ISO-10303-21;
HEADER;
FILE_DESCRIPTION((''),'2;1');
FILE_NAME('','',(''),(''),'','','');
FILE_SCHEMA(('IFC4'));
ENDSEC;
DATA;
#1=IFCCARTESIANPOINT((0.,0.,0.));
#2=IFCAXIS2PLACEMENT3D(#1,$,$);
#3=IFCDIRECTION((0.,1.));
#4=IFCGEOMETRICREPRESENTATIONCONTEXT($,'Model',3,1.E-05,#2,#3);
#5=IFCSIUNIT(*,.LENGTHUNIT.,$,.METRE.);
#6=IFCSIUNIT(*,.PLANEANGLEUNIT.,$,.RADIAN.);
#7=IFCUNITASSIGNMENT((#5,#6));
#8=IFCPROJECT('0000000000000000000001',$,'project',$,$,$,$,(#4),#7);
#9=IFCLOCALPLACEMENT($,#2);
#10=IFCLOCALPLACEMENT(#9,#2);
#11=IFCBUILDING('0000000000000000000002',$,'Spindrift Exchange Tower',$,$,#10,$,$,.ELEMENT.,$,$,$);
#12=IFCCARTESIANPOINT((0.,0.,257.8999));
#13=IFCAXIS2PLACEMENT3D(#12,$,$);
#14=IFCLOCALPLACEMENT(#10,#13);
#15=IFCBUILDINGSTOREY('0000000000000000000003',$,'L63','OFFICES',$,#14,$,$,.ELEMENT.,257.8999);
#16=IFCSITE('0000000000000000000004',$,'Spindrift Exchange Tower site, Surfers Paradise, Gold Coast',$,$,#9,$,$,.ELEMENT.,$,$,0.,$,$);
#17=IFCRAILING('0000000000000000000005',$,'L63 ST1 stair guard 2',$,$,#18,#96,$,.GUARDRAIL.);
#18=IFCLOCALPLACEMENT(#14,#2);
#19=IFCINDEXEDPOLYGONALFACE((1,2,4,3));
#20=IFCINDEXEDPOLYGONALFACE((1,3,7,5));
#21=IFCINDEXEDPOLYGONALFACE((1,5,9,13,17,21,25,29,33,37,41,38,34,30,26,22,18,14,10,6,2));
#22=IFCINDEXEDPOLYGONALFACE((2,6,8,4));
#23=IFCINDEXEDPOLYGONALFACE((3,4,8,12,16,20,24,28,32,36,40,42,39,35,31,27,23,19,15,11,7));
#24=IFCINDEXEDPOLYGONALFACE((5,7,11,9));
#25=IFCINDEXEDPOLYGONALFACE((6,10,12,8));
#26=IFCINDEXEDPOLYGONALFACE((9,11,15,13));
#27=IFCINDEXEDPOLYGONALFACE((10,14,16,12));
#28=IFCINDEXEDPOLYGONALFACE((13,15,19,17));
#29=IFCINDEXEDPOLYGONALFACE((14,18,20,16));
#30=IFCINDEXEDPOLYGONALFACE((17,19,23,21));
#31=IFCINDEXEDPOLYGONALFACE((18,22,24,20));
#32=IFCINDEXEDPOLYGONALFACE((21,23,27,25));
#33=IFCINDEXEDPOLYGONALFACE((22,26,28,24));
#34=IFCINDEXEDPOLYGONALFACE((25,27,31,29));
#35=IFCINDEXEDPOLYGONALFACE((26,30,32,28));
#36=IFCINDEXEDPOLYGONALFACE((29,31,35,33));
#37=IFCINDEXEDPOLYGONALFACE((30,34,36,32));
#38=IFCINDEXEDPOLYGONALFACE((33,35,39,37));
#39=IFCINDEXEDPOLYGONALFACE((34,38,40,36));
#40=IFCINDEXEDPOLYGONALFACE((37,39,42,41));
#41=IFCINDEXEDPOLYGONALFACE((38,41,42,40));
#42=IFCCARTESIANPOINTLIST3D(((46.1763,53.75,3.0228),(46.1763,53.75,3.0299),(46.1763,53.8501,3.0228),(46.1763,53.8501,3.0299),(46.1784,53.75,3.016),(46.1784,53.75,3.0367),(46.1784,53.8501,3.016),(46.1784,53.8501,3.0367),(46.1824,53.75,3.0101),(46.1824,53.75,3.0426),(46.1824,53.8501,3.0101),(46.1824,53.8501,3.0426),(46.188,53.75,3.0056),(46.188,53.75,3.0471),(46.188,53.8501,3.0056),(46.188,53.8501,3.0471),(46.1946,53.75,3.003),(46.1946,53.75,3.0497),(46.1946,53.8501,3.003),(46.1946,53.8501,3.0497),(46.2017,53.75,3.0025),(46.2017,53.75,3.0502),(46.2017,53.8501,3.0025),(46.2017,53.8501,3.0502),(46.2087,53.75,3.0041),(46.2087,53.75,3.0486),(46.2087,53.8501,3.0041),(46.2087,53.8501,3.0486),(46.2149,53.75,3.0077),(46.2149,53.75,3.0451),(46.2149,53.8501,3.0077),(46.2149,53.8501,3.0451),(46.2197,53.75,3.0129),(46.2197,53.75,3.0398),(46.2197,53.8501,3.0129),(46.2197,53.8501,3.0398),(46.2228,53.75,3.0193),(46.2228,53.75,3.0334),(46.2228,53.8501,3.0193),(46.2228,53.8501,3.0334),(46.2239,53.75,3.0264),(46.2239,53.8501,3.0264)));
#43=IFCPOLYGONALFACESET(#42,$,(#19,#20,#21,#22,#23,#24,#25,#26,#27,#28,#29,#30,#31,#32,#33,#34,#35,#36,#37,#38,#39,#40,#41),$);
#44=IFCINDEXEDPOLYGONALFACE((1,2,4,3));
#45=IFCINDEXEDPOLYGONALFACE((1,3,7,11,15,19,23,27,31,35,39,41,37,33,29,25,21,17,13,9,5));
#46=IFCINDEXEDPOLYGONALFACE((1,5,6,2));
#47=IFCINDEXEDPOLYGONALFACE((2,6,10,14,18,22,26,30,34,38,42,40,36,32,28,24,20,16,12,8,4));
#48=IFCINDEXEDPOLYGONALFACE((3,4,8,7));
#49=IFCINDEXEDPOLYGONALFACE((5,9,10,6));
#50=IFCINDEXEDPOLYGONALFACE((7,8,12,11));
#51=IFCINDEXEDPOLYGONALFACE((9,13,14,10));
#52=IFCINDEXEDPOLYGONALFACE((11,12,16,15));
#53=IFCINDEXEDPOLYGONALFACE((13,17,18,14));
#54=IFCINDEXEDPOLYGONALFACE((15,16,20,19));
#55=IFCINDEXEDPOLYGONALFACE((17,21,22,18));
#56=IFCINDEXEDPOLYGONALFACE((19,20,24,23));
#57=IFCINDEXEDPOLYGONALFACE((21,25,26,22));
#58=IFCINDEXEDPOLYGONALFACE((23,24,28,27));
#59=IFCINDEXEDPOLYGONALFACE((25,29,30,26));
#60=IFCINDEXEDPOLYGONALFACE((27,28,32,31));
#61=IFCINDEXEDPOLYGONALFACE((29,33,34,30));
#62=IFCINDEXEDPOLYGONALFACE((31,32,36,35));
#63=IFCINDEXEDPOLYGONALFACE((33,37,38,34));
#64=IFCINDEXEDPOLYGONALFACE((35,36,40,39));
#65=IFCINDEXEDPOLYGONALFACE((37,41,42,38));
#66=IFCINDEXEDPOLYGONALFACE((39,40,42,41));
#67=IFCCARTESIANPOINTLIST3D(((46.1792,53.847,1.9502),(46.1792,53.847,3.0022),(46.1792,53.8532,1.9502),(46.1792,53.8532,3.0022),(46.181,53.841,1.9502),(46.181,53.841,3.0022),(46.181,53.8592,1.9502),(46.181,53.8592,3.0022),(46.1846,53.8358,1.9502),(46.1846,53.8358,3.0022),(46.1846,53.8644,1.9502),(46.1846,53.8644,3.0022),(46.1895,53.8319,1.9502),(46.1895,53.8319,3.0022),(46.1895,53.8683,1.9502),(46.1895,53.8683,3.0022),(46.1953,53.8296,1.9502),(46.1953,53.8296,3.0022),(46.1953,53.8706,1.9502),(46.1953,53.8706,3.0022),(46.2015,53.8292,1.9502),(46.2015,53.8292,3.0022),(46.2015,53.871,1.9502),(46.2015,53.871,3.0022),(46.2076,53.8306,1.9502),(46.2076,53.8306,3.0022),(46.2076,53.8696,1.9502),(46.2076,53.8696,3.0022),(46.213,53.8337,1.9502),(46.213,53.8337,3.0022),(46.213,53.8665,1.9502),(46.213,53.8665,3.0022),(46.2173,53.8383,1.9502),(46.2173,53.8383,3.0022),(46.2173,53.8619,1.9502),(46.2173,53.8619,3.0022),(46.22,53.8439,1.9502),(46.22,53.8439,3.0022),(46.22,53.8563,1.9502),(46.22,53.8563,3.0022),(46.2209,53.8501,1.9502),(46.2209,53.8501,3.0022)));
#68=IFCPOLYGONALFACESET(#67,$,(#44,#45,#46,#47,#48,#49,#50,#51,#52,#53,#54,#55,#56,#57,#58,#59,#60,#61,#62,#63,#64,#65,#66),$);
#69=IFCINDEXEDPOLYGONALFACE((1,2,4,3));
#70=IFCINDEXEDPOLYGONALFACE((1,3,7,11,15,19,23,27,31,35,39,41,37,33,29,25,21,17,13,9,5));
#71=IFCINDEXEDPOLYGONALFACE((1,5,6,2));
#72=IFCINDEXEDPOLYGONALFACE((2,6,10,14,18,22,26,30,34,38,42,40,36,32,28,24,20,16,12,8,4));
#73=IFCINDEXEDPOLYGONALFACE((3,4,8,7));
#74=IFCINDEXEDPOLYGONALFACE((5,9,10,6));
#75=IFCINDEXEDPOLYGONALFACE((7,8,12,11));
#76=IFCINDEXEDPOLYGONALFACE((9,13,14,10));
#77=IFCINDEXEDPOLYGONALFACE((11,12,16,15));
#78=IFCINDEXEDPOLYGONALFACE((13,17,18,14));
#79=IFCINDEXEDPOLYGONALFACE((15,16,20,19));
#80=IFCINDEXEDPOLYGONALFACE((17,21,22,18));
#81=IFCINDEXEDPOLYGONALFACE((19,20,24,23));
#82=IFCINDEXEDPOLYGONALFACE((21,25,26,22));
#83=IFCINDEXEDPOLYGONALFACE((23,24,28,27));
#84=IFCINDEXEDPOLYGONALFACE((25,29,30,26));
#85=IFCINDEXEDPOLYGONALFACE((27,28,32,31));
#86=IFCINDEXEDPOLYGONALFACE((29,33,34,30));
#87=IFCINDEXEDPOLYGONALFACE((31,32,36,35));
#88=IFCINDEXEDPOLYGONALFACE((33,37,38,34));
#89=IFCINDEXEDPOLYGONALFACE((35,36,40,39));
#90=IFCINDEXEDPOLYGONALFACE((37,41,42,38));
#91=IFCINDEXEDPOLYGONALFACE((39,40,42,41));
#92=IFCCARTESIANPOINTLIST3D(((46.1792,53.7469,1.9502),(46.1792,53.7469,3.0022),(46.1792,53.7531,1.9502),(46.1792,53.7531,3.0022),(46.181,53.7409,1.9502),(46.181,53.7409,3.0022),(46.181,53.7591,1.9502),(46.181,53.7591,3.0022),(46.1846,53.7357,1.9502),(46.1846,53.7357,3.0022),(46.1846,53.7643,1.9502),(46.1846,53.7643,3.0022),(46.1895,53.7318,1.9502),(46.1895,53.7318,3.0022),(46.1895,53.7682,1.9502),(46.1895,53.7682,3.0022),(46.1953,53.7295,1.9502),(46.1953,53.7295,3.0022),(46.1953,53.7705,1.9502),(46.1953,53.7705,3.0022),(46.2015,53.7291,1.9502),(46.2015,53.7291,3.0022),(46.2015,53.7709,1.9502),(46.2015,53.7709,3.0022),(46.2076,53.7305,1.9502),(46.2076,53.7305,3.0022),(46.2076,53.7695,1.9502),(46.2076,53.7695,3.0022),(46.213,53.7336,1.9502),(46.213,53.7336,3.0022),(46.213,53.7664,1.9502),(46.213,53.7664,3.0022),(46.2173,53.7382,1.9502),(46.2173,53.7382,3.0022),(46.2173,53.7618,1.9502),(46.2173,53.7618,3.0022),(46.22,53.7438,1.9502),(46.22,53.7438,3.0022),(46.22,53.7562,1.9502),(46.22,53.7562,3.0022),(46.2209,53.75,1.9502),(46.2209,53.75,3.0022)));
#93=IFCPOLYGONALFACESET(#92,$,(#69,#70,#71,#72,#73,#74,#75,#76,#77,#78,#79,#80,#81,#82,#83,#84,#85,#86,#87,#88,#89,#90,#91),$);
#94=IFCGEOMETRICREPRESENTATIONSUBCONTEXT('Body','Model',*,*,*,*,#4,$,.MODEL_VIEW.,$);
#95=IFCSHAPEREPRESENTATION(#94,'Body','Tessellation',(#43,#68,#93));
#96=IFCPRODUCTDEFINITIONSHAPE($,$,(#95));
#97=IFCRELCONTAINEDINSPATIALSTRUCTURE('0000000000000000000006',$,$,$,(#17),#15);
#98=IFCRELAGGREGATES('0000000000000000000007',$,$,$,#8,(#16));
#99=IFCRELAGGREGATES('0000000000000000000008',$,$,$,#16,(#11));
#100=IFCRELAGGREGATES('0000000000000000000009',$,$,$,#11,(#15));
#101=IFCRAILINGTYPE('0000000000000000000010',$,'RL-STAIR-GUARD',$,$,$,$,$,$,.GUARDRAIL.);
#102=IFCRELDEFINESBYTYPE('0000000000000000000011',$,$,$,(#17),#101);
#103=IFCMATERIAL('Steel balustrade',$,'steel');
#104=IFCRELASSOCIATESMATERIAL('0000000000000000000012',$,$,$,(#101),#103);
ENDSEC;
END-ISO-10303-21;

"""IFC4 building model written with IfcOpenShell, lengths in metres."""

from ifc_helpers import new_model, si_unit, direction, frame, origin, origin_2d, place, context, subcontext, project, spatial, circle, extrude, material, type_object, element, save


model = new_model("IFC4")

# Units and contexts
model_context = context("Model", 3, precision=1e-05, world=origin(), true_north=direction((0.0, 1.0)))
body_context = subcontext(model_context, "Body", "Model", "MODEL_VIEW")
ifc_project = project(units=[si_unit("LENGTHUNIT", "METRE"), si_unit("PLANEANGLEUNIT", "RADIAN")], contexts=[model_context])

# Site, building, storey
site_placement = place(None, origin())
site = spatial("IfcSite", under=ifc_project, at=site_placement, Name="Spindrift Exchange Tower site, Surfers Paradise, Gold Coast", CompositionType="ELEMENT", RefElevation=0.0)
building_placement = place(site_placement, origin())
building = spatial("IfcBuilding", under=site, at=building_placement, Name="Spindrift Exchange Tower", CompositionType="ELEMENT")
storey_placement = place(building_placement, frame((0.0, 0.0, 257.8999)))
storey = spatial("IfcBuildingStorey", under=building, at=storey_placement, Name="L63", Description="OFFICES", CompositionType="ELEMENT", Elevation=257.8999)

# Railing
ifc_material_1 = material(Name="Steel balustrade", Category="steel")
railing_type_1 = type_object("IfcRailingType", Name="RL-STAIR-GUARD", PredefinedType="GUARDRAIL", material=ifc_material_1)
railing_1_placement = place(storey_placement, frame((46.2, 53.8501, 1.9502)))
element("IfcRailing", 1, at=railing_1_placement, inside=storey, type_object=railing_type_1, Name="L63 ST1 stair guard 2", PredefinedType="GUARDRAIL", context=body_context, shape_type="SweptSolid", body=[
    extrude(circle(Radius=0.0239, at=origin_2d()), frame((0.0, 0.0, 1.0762), z_axis=(0.0, -1.0, 0.0), x_axis=(1.0, 0.0, 0.0)), (0.0, 0.0, 1.0), 0.1001),
    extrude(circle(Radius=0.021, at=origin_2d()), origin(), (0.0, 0.0, 1.0), 1.052),
    extrude(circle(Radius=0.021, at=origin_2d()), frame((0.0, -0.1001, 0.0)), (0.0, 0.0, 1.0), 1.052),
])

save(model, "model.ifc")
